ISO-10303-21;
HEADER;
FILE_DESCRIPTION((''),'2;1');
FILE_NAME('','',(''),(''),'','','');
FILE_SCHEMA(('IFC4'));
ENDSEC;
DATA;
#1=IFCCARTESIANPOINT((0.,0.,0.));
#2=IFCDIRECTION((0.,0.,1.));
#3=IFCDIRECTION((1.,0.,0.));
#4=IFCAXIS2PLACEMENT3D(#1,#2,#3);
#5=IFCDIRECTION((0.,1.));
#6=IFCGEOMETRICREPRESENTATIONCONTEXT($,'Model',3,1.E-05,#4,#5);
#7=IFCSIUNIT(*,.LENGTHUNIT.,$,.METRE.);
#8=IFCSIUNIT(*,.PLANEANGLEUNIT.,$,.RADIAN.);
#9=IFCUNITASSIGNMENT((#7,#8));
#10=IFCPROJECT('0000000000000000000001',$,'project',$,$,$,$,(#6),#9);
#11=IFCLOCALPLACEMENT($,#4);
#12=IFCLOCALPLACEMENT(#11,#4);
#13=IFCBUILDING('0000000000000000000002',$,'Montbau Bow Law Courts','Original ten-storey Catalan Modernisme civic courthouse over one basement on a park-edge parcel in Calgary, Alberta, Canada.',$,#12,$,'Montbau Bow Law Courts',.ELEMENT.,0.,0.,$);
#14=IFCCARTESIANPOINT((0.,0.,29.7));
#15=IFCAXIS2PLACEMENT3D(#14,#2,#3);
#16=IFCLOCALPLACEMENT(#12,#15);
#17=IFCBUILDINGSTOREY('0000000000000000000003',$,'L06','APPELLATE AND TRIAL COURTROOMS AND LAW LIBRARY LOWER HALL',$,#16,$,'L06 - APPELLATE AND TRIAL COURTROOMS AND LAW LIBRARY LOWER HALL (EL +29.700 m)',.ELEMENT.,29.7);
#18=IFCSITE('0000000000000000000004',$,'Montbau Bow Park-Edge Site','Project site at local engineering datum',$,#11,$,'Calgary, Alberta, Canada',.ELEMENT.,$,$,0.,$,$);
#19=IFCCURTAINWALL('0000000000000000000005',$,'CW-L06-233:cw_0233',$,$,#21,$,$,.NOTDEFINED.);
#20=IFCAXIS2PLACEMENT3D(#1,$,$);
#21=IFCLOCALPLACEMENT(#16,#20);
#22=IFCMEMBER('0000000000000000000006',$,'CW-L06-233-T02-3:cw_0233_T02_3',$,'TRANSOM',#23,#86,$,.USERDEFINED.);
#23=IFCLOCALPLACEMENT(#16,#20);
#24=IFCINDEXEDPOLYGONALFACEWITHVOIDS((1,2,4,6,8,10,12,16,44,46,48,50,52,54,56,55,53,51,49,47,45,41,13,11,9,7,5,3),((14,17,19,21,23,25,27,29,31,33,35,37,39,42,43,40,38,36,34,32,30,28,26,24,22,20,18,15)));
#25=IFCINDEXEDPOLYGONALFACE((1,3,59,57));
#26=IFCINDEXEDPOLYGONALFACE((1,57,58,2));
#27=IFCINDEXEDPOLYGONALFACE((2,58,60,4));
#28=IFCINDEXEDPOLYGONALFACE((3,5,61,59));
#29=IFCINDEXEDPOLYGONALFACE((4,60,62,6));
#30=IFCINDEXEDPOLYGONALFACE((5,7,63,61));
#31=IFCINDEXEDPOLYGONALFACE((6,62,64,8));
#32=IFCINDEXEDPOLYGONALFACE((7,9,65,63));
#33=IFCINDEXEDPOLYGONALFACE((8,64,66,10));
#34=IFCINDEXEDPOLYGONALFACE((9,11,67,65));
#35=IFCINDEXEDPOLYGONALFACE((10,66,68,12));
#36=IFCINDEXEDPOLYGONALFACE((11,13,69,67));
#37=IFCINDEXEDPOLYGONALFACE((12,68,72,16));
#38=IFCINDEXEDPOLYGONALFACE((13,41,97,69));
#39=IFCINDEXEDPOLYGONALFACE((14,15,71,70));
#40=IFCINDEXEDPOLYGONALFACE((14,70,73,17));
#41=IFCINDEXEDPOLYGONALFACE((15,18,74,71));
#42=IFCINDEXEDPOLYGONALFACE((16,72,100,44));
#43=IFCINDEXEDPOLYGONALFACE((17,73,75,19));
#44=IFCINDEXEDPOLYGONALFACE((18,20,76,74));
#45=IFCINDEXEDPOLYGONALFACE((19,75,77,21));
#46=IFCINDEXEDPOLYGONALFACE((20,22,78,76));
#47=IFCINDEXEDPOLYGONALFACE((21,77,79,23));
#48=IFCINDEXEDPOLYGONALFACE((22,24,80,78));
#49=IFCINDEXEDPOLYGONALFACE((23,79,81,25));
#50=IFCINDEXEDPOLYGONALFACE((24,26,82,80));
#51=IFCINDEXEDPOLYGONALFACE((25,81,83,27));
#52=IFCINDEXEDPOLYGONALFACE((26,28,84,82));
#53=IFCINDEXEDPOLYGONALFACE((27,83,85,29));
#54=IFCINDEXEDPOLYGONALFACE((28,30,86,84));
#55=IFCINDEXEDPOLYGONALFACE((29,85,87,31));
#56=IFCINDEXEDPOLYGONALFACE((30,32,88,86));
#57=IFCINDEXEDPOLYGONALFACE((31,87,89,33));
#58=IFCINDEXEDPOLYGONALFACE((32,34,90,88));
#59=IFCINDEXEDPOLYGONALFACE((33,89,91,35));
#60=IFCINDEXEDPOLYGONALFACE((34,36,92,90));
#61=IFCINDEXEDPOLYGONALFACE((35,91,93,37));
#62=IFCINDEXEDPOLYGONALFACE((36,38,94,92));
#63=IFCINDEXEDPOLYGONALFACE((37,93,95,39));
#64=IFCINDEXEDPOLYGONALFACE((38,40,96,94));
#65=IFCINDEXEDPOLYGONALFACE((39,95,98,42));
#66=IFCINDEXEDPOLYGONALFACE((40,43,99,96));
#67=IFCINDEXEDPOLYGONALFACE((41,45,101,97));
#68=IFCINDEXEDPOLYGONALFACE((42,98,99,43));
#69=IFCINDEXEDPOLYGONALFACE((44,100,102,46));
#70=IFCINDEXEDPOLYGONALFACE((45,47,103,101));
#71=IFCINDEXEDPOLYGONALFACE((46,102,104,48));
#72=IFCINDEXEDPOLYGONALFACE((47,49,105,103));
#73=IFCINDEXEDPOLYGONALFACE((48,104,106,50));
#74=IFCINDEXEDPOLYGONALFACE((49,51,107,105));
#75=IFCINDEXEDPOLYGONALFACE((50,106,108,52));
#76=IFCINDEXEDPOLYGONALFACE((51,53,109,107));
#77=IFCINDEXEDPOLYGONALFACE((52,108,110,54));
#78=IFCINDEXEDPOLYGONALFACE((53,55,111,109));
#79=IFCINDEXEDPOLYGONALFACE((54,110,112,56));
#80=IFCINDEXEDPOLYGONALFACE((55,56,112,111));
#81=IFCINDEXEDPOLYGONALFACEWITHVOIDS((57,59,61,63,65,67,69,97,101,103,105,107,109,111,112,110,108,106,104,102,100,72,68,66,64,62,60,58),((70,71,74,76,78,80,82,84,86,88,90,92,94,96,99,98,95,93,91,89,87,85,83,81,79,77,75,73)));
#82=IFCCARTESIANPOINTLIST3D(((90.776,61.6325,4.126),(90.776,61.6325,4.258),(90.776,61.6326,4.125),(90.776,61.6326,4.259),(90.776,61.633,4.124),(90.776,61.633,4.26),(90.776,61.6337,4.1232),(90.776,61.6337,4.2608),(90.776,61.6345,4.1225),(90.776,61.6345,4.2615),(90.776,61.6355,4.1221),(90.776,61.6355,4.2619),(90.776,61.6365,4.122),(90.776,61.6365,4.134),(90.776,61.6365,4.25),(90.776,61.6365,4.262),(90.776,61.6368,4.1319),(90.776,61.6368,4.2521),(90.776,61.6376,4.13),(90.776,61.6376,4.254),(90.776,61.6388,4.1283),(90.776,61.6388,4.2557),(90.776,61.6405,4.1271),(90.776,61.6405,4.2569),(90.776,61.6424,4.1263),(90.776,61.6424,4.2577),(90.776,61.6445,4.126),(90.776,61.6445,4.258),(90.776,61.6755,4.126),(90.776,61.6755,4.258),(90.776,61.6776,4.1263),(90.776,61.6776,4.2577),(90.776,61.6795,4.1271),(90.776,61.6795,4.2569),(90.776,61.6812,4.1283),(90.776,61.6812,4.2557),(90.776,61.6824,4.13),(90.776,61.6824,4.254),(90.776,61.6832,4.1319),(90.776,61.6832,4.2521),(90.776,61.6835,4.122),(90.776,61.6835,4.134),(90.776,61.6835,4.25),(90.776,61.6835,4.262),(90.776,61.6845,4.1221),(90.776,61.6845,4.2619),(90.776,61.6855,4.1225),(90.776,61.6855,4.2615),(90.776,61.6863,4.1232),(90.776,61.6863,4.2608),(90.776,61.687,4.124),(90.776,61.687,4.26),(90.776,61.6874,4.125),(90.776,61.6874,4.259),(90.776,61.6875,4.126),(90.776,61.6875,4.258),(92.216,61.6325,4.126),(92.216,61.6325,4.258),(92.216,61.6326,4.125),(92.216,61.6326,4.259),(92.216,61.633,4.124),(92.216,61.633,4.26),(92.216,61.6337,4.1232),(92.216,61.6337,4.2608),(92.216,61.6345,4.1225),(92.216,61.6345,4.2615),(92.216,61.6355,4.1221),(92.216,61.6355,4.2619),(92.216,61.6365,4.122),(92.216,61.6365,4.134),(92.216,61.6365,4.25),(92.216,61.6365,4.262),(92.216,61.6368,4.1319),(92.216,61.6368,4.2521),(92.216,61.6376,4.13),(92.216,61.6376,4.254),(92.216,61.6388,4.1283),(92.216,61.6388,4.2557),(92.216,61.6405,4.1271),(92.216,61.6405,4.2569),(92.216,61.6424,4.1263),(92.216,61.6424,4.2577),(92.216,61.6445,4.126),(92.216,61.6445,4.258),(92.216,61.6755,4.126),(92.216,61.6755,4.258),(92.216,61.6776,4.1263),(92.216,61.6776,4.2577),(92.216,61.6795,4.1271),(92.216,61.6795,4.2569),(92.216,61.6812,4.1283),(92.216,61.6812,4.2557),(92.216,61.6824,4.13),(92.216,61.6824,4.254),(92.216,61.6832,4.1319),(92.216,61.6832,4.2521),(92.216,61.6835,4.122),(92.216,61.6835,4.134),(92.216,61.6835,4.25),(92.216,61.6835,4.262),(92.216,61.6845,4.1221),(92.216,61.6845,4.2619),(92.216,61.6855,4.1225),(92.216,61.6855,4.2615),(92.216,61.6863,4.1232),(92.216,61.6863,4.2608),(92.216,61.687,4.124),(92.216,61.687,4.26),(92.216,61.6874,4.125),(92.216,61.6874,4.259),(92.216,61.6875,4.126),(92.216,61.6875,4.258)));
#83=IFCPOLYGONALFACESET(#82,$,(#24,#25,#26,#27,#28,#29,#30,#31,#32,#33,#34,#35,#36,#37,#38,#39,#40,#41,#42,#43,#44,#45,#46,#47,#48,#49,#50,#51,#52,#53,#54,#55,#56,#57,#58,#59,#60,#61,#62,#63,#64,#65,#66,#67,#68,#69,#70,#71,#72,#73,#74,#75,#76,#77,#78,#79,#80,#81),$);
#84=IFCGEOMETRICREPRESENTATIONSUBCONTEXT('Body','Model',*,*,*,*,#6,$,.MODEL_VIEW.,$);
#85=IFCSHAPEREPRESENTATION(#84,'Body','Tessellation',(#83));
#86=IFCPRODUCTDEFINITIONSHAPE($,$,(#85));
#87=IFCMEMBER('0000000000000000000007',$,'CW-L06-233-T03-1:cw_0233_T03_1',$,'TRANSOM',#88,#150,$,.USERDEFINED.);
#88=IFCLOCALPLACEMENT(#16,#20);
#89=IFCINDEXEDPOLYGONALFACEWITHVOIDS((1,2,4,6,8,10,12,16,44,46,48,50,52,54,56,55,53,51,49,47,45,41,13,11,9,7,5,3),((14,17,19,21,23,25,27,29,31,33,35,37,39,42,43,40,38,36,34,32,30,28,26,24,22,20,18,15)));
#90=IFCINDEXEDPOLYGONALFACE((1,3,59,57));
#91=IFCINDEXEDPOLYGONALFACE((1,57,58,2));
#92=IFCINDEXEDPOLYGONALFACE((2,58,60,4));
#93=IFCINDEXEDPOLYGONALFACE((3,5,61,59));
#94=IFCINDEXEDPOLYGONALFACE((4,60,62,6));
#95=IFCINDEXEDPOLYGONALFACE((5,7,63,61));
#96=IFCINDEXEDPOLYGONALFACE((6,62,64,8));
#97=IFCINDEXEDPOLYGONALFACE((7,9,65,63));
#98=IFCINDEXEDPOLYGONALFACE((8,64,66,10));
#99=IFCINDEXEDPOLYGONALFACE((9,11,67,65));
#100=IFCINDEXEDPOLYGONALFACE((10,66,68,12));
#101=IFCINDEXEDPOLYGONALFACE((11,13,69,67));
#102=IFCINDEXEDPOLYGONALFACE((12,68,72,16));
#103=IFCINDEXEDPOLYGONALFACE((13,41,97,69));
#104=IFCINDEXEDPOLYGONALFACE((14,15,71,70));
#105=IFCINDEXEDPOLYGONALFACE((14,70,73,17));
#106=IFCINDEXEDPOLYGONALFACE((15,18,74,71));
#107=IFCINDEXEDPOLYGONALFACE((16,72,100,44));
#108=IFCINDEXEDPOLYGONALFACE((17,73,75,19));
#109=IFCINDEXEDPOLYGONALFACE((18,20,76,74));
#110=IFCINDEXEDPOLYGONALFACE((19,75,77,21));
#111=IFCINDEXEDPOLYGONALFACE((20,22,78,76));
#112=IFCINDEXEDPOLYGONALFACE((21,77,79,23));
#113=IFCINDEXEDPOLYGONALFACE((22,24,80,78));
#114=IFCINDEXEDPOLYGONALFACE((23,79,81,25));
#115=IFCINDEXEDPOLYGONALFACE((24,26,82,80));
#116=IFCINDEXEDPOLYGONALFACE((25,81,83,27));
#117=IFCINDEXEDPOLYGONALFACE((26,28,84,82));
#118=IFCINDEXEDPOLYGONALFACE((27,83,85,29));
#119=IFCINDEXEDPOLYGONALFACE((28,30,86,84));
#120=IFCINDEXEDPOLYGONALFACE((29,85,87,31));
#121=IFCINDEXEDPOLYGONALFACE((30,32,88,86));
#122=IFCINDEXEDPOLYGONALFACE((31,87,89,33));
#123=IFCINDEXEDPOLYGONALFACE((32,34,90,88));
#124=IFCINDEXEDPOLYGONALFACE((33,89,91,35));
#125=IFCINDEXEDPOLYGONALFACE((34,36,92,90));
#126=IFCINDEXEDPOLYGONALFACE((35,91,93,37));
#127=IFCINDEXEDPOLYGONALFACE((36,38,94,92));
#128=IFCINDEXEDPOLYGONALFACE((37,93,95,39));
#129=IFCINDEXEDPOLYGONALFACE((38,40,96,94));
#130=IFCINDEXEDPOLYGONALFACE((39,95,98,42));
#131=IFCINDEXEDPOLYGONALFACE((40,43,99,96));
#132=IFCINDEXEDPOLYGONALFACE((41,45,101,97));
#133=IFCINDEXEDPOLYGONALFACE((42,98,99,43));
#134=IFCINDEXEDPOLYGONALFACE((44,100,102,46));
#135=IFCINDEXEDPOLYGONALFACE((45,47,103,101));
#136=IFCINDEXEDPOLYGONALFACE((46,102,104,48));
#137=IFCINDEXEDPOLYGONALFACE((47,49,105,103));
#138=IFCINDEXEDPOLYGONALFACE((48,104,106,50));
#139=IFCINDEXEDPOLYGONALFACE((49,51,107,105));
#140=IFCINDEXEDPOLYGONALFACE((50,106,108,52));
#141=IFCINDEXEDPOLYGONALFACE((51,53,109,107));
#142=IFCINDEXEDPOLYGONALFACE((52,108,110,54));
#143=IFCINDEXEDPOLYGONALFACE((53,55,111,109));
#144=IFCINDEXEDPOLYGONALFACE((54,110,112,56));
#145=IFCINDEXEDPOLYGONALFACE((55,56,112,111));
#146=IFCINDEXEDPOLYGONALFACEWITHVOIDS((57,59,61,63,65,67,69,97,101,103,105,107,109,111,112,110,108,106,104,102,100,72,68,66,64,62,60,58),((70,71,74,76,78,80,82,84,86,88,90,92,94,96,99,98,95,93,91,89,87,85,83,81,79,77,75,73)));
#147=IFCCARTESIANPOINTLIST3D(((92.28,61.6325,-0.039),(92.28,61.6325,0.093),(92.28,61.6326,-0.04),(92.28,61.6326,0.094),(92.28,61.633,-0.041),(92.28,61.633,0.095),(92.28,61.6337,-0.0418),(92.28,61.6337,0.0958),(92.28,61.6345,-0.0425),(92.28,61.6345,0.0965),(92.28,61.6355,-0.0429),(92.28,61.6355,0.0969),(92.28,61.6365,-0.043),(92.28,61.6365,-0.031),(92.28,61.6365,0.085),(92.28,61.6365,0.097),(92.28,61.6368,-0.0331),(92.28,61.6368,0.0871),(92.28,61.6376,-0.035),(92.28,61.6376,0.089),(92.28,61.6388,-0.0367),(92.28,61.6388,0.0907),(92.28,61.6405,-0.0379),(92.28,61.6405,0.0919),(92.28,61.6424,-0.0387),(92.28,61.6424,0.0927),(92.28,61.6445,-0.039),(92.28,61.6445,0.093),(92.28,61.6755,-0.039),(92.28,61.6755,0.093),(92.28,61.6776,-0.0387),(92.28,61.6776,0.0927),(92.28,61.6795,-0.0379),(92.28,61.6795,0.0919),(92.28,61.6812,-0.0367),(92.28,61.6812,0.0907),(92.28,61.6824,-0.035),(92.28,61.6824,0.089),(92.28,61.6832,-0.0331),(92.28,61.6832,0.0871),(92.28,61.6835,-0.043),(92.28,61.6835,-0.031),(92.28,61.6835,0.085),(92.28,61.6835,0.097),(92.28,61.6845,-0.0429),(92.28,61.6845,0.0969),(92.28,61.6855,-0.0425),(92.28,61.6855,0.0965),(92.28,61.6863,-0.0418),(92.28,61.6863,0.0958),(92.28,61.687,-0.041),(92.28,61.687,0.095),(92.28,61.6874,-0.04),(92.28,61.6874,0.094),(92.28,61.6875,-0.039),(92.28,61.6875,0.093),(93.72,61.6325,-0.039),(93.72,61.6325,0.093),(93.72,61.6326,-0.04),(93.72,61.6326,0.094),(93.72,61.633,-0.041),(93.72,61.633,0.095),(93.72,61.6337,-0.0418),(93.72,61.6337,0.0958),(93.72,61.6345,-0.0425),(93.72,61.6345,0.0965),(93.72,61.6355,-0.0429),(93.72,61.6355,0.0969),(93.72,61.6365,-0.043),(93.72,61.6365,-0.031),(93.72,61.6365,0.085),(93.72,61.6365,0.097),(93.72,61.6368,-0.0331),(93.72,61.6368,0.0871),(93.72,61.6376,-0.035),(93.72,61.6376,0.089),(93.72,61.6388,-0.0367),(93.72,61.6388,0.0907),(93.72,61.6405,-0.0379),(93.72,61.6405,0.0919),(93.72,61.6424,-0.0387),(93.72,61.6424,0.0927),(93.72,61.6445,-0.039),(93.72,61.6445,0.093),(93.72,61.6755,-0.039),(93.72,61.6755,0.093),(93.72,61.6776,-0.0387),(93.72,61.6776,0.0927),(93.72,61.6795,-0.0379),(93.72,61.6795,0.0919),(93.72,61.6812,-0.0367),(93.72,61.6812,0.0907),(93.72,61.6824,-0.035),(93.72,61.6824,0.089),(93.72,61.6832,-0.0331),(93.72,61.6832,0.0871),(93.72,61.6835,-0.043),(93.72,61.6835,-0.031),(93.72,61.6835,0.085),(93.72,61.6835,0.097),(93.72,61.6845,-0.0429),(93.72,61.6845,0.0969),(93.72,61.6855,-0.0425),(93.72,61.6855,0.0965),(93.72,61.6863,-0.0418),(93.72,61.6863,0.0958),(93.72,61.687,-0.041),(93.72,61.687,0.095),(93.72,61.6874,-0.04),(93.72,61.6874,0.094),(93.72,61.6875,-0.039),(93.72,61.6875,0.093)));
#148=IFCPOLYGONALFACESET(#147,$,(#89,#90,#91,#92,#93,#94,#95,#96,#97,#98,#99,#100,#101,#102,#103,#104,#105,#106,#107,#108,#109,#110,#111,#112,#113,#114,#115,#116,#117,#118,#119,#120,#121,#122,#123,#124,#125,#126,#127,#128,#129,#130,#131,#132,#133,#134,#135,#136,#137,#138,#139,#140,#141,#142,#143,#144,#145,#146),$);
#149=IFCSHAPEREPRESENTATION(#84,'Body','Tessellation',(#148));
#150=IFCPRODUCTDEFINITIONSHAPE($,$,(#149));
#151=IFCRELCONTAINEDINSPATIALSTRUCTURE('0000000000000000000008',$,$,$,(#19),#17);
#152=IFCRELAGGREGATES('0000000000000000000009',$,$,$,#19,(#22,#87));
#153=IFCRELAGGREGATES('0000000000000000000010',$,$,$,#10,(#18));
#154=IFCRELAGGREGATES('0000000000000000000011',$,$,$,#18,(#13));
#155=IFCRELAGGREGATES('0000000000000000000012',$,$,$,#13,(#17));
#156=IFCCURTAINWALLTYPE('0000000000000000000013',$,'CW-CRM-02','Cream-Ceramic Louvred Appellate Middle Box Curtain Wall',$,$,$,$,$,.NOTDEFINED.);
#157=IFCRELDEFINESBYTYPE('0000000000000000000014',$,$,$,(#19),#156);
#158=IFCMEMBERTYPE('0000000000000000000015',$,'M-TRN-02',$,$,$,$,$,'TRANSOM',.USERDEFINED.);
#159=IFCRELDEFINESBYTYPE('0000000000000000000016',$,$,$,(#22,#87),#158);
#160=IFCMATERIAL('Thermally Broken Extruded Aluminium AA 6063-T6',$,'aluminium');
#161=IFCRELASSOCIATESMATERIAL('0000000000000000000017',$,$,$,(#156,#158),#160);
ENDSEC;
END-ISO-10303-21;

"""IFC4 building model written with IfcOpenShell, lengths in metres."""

from ifc_helpers import new_model, si_unit, direction, frame, origin_with_axes, origin_2d_with_axis, place, context, subcontext, project, spatial, hollow_rectangle, extrude, material, material_profile, profile_set, type_object, element, aggregate, save


model = new_model("IFC4")

# Units and contexts
model_context = context("Model", 3, precision=1e-05, world=origin_with_axes(), true_north=direction((0.0, 1.0)))
body_context = subcontext(model_context, "Body", "Model", "MODEL_VIEW")
ifc_project = project(units=[si_unit("LENGTHUNIT", "METRE"), si_unit("PLANEANGLEUNIT", "RADIAN")], contexts=[model_context])

# Site, building, storey
site_placement = place(None, origin_with_axes())
site = spatial("IfcSite", under=ifc_project, at=site_placement, Name="Montbau Bow Park-Edge Site", Description="Project site at local engineering datum", LongName="Calgary, Alberta, Canada", CompositionType="ELEMENT", RefElevation=0.0)
building_placement = place(site_placement, origin_with_axes())
building = spatial("IfcBuilding", under=site, at=building_placement, Name="Montbau Bow Law Courts", Description="Original ten-storey Catalan Modernisme civic courthouse over one basement on a park-edge parcel in Calgary, Alberta, Canada.", LongName="Montbau Bow Law Courts", CompositionType="ELEMENT", ElevationOfRefHeight=0.0, ElevationOfTerrain=0.0)
storey_placement = place(building_placement, frame((0.0, 0.0, 29.7), z_axis=(0.0, 0.0, 1.0), x_axis=(1.0, 0.0, 0.0)))
storey = spatial("IfcBuildingStorey", under=building, at=storey_placement, Name="L06", Description="APPELLATE AND TRIAL COURTROOMS AND LAW LIBRARY LOWER HALL", LongName="L06 - APPELLATE AND TRIAL COURTROOMS AND LAW LIBRARY LOWER HALL (EL +29.700 m)", CompositionType="ELEMENT", Elevation=29.7)

# Curtain wall, members
ifc_material_1 = material(Name="Thermally Broken Extruded Aluminium AA 6063-T6", Category="aluminium")
curtain_wall_type = type_object("IfcCurtainWallType", Name="CW-CRM-02", Description="Cream-Ceramic Louvred Appellate Middle Box Curtain Wall", PredefinedType="NOTDEFINED", material=ifc_material_1)
curtain_wall_placement = place(None, frame((89.24, 61.66, 29.7), z_axis=(0.0, 0.0, 1.0), x_axis=(1.0, 0.0, 0.0)))
curtain_wall = element("IfcCurtainWall", 1, at=curtain_wall_placement, inside=storey, type_object=curtain_wall_type, Name="CW-L06-233:cw_0233", PredefinedType="NOTDEFINED")
ifc_material_profile_1 = material_profile(ifc_material_1, hollow_rectangle(XDim=0.055, YDim=0.14, WallThickness=0.004, InnerFilletRadius=0.008, OuterFilletRadius=0.004, at=origin_2d_with_axis()), Name="CWT-140X55", Category="Main", Priority=0)
ifc_profile_set_1 = profile_set([ifc_material_profile_1], Name="Thermally Broken Extruded Aluminium AA 6063-T6")
member_type_1 = type_object("IfcMemberType", Name="M-TRN-02", ElementType="TRANSOM", PredefinedType="USERDEFINED", material=ifc_profile_set_1)
member_1_placement = place(None, frame((90.776, 61.66, 33.892), z_axis=(1.0, 0.0, 0.0), x_axis=(0.0, 1.0, 0.0)))
member_1 = element("IfcMember", 2, at=member_1_placement, type_object=member_type_1, Name="CW-L06-233-T02-3:cw_0233_T02_3", ObjectType="TRANSOM", PredefinedType="USERDEFINED", context=body_context, shape_type="SweptSolid", body=[
    extrude(hollow_rectangle(XDim=0.055, YDim=0.14, WallThickness=0.004, InnerFilletRadius=0.008, OuterFilletRadius=0.004, at=origin_2d_with_axis()), origin_with_axes(), (0.0, 0.0, 1.0), 1.44),
])
member_2_placement = place(None, frame((92.28, 61.66, 29.727), z_axis=(1.0, 0.0, 0.0), x_axis=(0.0, 1.0, 0.0)))
member_2 = element("IfcMember", 3, at=member_2_placement, type_object=member_type_1, Name="CW-L06-233-T03-1:cw_0233_T03_1", ObjectType="TRANSOM", PredefinedType="USERDEFINED", context=body_context, shape_type="SweptSolid", body=[
    extrude(hollow_rectangle(XDim=0.055, YDim=0.14, WallThickness=0.004, InnerFilletRadius=0.008, OuterFilletRadius=0.004, at=origin_2d_with_axis()), origin_with_axes(), (0.0, 0.0, 1.0), 1.44),
])
aggregate(curtain_wall, [member_1, member_2])

save(model, "model.ifc")
